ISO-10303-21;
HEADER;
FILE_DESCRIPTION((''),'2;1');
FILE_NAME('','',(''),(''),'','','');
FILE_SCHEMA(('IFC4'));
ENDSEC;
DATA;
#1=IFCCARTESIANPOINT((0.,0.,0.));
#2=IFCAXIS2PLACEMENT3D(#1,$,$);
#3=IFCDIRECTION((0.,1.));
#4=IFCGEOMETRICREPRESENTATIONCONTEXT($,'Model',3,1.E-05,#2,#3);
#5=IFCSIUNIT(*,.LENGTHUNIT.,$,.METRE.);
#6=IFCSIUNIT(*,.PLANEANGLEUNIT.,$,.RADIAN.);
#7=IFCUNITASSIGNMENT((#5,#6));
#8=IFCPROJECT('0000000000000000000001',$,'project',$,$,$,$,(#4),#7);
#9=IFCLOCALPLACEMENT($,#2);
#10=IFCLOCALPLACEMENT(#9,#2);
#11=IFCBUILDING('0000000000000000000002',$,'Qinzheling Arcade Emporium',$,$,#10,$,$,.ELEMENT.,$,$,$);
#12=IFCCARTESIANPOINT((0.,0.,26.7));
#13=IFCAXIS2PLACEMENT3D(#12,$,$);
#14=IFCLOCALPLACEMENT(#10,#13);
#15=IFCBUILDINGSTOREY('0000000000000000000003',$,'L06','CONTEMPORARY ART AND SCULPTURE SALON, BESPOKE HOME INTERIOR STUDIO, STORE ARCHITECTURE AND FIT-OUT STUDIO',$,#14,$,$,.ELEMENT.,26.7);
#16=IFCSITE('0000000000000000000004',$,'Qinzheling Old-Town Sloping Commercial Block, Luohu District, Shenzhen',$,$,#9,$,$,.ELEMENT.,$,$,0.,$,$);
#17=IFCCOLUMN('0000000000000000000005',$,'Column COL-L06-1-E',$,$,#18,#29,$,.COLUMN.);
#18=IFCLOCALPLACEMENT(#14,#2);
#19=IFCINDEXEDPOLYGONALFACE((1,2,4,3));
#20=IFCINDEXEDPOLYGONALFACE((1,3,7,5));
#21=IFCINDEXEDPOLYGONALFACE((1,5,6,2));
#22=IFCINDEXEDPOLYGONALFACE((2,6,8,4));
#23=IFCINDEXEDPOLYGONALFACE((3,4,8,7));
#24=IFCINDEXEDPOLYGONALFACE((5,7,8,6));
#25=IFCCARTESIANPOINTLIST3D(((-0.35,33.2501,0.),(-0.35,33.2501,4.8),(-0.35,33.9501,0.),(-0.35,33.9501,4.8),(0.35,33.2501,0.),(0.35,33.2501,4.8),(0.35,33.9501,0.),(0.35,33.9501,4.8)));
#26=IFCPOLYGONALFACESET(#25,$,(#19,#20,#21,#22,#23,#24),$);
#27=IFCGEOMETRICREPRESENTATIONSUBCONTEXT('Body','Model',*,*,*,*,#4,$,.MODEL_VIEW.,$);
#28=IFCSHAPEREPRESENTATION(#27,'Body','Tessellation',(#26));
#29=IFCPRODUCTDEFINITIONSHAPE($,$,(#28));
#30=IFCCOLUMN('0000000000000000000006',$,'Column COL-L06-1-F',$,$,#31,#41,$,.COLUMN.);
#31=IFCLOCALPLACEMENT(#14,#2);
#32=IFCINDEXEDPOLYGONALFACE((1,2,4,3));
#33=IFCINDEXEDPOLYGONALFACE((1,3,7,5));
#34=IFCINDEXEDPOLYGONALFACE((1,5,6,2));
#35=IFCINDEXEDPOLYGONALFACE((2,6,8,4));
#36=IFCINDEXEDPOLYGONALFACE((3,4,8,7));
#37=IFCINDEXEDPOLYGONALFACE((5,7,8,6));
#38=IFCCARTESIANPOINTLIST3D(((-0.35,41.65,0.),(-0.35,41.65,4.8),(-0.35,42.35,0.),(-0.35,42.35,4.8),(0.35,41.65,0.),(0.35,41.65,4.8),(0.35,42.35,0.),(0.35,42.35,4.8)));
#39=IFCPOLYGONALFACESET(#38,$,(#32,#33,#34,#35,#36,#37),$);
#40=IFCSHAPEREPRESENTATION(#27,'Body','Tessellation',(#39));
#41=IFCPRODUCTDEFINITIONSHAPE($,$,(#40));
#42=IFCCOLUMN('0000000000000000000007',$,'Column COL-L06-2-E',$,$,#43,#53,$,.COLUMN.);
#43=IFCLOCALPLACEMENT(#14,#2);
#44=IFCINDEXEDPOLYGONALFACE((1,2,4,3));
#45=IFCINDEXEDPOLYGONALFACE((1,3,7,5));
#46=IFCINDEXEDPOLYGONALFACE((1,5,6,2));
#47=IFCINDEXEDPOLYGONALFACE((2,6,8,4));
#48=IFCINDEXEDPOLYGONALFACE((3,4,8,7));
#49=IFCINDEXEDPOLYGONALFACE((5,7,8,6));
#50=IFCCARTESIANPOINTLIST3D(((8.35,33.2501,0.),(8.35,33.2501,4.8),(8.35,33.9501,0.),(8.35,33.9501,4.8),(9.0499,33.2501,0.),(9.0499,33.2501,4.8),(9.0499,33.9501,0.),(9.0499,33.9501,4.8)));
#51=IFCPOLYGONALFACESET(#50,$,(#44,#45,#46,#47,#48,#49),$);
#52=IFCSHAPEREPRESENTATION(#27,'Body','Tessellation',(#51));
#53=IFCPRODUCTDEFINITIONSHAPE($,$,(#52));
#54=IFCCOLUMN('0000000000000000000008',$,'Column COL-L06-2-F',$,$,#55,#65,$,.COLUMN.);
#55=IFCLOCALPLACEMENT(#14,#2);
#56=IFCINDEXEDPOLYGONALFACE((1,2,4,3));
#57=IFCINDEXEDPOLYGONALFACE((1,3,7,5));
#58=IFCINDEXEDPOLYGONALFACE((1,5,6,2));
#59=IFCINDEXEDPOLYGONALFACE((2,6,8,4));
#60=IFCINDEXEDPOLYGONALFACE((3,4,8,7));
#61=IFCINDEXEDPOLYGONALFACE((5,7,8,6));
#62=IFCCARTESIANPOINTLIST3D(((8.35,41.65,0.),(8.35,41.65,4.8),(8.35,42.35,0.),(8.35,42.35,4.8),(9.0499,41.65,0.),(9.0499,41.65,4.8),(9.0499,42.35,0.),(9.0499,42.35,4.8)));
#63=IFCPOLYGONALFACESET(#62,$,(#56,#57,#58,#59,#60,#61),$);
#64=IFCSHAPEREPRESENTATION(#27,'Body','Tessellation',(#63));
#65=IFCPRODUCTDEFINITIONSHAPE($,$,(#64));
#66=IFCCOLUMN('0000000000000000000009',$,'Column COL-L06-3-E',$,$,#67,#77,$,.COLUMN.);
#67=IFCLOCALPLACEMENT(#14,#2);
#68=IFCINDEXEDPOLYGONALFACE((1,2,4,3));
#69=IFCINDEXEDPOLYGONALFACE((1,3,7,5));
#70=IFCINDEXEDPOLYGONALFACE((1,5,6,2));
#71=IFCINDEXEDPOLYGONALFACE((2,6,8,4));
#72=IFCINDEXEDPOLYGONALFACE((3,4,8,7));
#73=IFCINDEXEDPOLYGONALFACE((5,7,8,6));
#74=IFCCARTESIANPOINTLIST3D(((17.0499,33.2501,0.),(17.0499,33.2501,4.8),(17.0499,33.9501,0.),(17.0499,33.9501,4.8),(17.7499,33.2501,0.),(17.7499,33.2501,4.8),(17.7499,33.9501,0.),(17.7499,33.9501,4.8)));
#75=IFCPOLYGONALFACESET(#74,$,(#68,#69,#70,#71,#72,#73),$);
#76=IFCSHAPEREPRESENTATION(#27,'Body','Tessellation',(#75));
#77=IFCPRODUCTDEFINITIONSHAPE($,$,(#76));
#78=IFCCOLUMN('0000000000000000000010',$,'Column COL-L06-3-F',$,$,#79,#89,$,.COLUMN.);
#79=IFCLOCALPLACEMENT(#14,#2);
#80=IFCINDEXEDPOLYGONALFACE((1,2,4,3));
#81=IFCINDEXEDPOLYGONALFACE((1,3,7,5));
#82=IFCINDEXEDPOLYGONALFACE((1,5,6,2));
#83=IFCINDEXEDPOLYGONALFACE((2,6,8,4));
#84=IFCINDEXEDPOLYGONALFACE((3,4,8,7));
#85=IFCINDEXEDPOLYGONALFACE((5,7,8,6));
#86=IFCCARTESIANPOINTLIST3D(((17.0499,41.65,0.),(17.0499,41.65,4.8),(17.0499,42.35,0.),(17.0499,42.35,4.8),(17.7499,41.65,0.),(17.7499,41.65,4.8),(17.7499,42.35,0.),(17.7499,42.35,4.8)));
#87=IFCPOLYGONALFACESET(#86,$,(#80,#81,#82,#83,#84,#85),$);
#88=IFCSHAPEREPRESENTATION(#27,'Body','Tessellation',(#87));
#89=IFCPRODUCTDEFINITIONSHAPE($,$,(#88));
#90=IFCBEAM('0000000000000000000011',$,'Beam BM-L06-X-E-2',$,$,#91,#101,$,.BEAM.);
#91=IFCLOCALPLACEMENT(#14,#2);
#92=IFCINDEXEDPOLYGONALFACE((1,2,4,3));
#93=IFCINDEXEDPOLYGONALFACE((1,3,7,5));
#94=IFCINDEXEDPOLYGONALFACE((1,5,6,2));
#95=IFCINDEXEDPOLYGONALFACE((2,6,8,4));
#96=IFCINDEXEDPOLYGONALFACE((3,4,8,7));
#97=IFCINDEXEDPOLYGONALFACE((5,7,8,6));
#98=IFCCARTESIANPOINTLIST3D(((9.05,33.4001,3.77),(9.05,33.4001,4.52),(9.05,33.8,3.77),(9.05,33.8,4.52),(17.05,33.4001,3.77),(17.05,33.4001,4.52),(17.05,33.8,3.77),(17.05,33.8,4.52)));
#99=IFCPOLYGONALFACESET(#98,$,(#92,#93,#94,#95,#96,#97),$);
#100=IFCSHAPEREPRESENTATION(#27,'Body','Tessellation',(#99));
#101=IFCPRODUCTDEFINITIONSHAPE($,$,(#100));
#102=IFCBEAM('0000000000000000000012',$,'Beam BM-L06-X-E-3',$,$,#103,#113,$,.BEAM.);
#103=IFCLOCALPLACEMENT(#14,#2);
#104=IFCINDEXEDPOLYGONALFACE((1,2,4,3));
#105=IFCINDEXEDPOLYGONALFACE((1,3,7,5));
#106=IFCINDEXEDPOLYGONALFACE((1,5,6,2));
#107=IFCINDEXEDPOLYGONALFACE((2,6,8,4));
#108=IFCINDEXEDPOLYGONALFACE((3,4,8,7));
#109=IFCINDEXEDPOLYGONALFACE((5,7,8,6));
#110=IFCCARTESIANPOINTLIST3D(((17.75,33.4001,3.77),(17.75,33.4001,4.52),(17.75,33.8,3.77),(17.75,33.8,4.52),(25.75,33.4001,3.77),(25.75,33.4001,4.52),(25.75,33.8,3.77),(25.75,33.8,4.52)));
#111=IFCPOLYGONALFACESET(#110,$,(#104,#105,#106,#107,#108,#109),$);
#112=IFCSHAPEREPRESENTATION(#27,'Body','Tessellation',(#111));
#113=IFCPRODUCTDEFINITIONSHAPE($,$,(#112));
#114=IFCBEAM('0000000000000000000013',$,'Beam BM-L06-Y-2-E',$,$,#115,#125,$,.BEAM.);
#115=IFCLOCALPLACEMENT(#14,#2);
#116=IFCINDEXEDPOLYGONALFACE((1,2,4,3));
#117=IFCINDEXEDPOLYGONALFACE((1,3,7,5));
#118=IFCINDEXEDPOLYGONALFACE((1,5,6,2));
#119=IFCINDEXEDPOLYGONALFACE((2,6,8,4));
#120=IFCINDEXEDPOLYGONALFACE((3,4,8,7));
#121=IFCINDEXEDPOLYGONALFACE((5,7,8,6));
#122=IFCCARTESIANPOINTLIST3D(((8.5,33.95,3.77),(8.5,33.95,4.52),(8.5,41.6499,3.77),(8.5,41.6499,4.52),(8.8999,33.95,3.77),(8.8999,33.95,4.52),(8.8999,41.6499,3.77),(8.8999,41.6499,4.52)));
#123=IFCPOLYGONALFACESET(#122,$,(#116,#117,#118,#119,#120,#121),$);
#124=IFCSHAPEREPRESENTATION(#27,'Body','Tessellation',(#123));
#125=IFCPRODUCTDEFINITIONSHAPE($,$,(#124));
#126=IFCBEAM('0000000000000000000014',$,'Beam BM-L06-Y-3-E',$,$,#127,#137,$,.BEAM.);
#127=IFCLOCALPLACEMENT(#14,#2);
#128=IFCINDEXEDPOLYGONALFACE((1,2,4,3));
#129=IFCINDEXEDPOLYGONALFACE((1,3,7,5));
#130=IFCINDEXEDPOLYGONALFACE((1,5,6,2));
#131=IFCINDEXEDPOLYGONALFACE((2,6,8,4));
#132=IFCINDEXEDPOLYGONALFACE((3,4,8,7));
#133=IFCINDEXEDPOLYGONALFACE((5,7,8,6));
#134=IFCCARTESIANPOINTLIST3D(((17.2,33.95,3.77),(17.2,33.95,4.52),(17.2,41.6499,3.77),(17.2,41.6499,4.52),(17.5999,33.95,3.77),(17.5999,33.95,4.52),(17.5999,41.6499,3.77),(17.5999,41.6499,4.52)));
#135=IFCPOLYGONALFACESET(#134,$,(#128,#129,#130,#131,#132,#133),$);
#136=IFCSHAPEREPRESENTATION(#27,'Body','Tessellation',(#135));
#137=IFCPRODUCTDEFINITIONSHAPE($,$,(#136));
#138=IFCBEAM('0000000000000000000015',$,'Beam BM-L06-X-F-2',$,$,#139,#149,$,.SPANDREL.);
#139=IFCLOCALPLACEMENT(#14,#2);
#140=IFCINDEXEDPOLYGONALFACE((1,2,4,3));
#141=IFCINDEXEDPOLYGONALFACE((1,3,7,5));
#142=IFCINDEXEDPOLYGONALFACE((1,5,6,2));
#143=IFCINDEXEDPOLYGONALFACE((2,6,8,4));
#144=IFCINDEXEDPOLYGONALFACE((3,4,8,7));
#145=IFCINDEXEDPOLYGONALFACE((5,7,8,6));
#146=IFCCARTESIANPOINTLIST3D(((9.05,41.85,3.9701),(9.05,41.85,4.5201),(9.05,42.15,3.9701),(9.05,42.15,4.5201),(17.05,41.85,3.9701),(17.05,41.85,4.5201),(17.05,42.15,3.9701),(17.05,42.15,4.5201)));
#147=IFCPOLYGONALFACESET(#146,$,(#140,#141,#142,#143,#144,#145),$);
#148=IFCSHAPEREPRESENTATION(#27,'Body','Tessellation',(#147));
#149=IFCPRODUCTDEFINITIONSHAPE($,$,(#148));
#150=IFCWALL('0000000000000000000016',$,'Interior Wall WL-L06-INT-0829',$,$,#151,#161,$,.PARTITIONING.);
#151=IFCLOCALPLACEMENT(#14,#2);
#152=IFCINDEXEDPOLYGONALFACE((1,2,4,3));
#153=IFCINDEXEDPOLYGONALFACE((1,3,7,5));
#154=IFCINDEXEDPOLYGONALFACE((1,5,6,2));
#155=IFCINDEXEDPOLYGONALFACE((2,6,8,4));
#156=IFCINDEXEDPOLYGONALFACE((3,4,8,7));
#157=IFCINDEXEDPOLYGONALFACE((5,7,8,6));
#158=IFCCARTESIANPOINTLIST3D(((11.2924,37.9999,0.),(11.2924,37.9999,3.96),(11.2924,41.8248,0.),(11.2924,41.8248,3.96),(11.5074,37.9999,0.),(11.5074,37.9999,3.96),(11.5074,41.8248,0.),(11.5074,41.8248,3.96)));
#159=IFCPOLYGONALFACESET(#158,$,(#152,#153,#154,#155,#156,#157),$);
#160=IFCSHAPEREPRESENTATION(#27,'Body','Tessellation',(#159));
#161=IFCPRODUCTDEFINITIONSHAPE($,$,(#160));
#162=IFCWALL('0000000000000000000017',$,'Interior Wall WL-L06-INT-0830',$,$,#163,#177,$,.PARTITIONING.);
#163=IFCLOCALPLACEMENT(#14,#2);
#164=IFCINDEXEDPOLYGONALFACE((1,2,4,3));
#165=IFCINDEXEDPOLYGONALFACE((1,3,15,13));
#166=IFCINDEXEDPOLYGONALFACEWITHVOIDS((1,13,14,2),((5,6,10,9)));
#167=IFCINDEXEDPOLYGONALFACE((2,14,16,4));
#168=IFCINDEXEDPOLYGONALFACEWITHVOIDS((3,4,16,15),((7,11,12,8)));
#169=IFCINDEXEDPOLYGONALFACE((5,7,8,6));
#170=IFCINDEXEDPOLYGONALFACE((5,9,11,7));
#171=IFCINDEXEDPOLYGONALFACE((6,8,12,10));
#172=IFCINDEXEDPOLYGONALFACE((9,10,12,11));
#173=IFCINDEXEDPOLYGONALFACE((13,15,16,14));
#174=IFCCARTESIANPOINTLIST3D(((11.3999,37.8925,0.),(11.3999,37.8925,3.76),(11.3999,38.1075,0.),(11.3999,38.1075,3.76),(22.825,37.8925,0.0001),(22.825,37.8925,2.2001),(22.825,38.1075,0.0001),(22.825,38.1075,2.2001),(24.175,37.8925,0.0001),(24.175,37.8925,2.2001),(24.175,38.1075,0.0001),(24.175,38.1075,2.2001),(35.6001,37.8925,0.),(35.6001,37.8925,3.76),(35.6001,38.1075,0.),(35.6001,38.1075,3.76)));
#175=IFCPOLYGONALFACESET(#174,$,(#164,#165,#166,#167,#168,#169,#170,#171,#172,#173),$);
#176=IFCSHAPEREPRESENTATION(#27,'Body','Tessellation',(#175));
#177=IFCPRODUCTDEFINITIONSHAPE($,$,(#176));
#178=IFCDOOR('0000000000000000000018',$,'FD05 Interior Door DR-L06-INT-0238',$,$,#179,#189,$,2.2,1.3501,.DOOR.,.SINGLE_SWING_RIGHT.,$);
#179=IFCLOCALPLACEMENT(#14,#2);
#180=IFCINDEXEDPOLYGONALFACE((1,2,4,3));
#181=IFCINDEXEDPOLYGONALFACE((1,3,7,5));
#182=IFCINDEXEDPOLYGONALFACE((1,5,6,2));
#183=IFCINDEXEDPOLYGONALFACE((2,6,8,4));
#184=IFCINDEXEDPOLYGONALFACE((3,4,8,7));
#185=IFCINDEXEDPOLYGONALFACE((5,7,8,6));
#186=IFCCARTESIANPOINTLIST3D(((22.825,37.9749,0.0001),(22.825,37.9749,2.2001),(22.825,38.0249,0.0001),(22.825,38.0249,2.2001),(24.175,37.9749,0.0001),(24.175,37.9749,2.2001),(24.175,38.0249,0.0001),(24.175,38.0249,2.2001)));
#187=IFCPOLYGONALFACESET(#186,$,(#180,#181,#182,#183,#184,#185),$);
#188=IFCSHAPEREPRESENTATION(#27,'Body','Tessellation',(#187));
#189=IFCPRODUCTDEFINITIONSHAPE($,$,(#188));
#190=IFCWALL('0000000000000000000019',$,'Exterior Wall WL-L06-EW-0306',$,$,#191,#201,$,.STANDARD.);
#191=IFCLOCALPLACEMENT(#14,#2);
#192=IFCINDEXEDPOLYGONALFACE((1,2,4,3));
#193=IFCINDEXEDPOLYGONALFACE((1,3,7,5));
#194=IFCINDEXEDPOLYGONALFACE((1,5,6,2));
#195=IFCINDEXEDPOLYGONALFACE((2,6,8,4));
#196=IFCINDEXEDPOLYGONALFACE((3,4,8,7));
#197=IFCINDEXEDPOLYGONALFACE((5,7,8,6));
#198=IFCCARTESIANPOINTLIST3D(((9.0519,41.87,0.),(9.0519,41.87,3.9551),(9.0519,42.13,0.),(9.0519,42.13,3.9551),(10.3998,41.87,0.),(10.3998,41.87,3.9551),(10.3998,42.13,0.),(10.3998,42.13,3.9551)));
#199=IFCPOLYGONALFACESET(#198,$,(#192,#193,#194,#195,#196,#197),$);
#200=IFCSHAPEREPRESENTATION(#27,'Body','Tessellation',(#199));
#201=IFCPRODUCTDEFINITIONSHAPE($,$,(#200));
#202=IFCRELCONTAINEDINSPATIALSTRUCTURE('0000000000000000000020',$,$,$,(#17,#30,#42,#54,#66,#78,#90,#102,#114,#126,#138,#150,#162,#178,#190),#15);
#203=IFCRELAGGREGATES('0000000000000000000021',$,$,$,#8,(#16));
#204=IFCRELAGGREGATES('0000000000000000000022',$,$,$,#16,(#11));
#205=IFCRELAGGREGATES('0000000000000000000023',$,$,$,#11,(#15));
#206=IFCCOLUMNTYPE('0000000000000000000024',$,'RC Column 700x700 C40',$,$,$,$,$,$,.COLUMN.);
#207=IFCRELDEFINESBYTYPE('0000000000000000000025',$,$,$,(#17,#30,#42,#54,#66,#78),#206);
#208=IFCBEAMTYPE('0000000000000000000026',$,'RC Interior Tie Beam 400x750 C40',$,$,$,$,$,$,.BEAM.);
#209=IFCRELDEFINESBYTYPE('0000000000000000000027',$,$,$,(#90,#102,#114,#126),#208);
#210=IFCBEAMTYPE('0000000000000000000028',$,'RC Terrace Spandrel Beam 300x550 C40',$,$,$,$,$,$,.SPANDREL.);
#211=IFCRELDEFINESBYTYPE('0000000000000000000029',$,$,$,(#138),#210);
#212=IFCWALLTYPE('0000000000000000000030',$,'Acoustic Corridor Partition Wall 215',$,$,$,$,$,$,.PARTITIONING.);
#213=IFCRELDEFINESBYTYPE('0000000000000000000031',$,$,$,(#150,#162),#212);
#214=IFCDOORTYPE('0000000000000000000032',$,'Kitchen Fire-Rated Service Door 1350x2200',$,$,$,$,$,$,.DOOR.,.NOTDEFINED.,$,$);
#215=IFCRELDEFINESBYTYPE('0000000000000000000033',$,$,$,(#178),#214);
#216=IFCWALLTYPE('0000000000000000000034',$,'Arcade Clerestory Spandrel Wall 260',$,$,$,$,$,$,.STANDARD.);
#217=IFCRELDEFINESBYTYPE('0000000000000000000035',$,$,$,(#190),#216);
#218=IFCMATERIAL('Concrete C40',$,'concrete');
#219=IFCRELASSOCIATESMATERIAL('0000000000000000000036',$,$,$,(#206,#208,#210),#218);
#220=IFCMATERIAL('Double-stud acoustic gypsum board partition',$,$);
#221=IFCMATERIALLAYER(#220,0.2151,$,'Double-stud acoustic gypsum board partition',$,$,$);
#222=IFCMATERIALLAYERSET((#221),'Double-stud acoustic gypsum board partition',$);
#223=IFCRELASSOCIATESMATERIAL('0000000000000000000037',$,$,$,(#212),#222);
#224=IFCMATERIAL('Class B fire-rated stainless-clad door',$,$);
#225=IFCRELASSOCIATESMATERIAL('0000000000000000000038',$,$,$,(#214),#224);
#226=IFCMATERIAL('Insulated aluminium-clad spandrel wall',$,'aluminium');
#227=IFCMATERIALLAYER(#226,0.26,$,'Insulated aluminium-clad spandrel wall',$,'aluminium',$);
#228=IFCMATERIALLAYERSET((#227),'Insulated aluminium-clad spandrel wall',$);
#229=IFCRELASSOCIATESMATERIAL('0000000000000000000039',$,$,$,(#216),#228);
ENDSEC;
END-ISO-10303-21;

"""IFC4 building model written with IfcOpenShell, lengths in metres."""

from ifc_helpers import new_model, si_unit, direction, frame, frame_2d, origin, origin_2d, place, context, subcontext, project, spatial, rectangle, extrude, material, layer, layer_set, material_profile, profile_set, type_object, element, fill, save


model = new_model("IFC4")

# Units and contexts
model_context = context("Model", 3, precision=1e-05, world=origin(), true_north=direction((0.0, 1.0)))
body_context = subcontext(model_context, "Body", "Model", "MODEL_VIEW")
ifc_project = project(units=[si_unit("LENGTHUNIT", "METRE"), si_unit("PLANEANGLEUNIT", "RADIAN")], contexts=[model_context])

# Site, building, storey
site_placement = place(None, origin())
site = spatial("IfcSite", under=ifc_project, at=site_placement, Name="Qinzheling Old-Town Sloping Commercial Block, Luohu District, Shenzhen", CompositionType="ELEMENT", RefElevation=0.0)
building_placement = place(site_placement, origin())
building = spatial("IfcBuilding", under=site, at=building_placement, Name="Qinzheling Arcade Emporium", CompositionType="ELEMENT")
storey_placement = place(building_placement, frame((0.0, 0.0, 26.7)))
storey = spatial("IfcBuildingStorey", under=building, at=storey_placement, Name="L06", Description="CONTEMPORARY ART AND SCULPTURE SALON, BESPOKE HOME INTERIOR STUDIO, STORE ARCHITECTURE AND FIT-OUT STUDIO", CompositionType="ELEMENT", Elevation=26.7)

# Columns
ifc_material_1 = material(Name="Concrete C40", Category="concrete")
ifc_material_profile_1 = material_profile(ifc_material_1, rectangle(XDim=0.7, YDim=0.7, at=origin_2d()), Name="RC 700x700", Category="concrete")
ifc_profile_set_1 = profile_set([ifc_material_profile_1], Name="Concrete C40")
column_type = type_object("IfcColumnType", Name="RC Column 700x700 C40", PredefinedType="COLUMN", material=ifc_profile_set_1)
for number, where, z_axis, x_axis, name in (
    (1, (0.0, 33.6001, 0.0), (0.0, 0.0, 1.0), (1.0, 0.0, 0.0), "Column COL-L06-1-E"),
    (2, (0.0, 42.0, 0.0), (0.0, 0.0, 1.0), (1.0, 0.0, 0.0), "Column COL-L06-1-F"),
    (3, (8.7, 33.6001, 0.0), (0.0, 0.0, 1.0), (1.0, 0.0, 0.0), "Column COL-L06-2-E"),
    (4, (8.7, 42.0, 0.0), (0.0, 0.0, 1.0), (1.0, 0.0, 0.0), "Column COL-L06-2-F"),
    (5, (17.3999, 33.6001, 0.0), (0.0, 0.0, 1.0), (1.0, 0.0, 0.0), "Column COL-L06-3-E"),
    (6, (17.3999, 42.0, 0.0), (0.0, 0.0, 1.0), (1.0, 0.0, 0.0), "Column COL-L06-3-F"),
):
    element("IfcColumn", number, at=place(storey_placement, frame(where, z_axis=z_axis, x_axis=x_axis)), inside=storey, type_object=column_type, Name=name, PredefinedType="COLUMN", context=body_context, shape_type="SweptSolid", body=[
        extrude(rectangle(XDim=0.7, YDim=0.7, at=origin_2d()), origin(), (0.0, 0.0, 1.0), 4.8),
    ])

# Beams
ifc_material_profile_2 = material_profile(ifc_material_1, rectangle(XDim=0.3999, YDim=0.75, at=origin_2d()), Name="RC 400x750", Category="concrete")
ifc_profile_set_2 = profile_set([ifc_material_profile_2], Name="Concrete C40")
beam_type_1 = type_object("IfcBeamType", Name="RC Interior Tie Beam 400x750 C40", PredefinedType="BEAM", material=ifc_profile_set_2)
for number, where, z_axis, x_axis, name in (
    (7, (9.05, 33.6001, 4.145), (1.0, 0.0, 0.0), (0.0, 1.0, 0.0), "Beam BM-L06-X-E-2"),
    (8, (17.75, 33.6001, 4.145), (1.0, 0.0, 0.0), (0.0, 1.0, 0.0), "Beam BM-L06-X-E-3"),
):
    element("IfcBeam", number, at=place(storey_placement, frame(where, z_axis=z_axis, x_axis=x_axis)), inside=storey, type_object=beam_type_1, Name=name, PredefinedType="BEAM", context=body_context, shape_type="SweptSolid", body=[
        extrude(rectangle(XDim=0.3999, YDim=0.75, at=origin_2d()), origin(), (0.0, 0.0, 1.0), 8.0),
    ])
for number, where, z_axis, x_axis, name in (
    (9, (8.7, 33.95, 4.145), (0.0, 1.0, 0.0), (-1.0, 0.0, 0.0), "Beam BM-L06-Y-2-E"),
    (10, (17.3999, 33.95, 4.145), (0.0, 1.0, 0.0), (-1.0, 0.0, 0.0), "Beam BM-L06-Y-3-E"),
):
    element("IfcBeam", number, at=place(storey_placement, frame(where, z_axis=z_axis, x_axis=x_axis)), inside=storey, type_object=beam_type_1, Name=name, PredefinedType="BEAM", context=body_context, shape_type="SweptSolid", body=[
        extrude(rectangle(XDim=0.3999, YDim=0.75, at=origin_2d()), origin(), (0.0, 0.0, 1.0), 7.7),
    ])
ifc_material_profile_3 = material_profile(ifc_material_1, rectangle(XDim=0.3, YDim=0.55, at=origin_2d()), Name="RC 300x550", Category="concrete")
ifc_profile_set_3 = profile_set([ifc_material_profile_3], Name="Concrete C40")
beam_type_2 = type_object("IfcBeamType", Name="RC Terrace Spandrel Beam 300x550 C40", PredefinedType="SPANDREL", material=ifc_profile_set_3)
beam_placement = place(storey_placement, frame((9.05, 42.0, 4.2451), z_axis=(1.0, 0.0, 0.0), x_axis=(0.0, 1.0, 0.0)))
element("IfcBeam", 11, at=beam_placement, inside=storey, type_object=beam_type_2, Name="Beam BM-L06-X-F-2", PredefinedType="SPANDREL", context=body_context, shape_type="SweptSolid", body=[
    extrude(rectangle(XDim=0.3, YDim=0.55, at=origin_2d()), origin(), (0.0, 0.0, 1.0), 8.0),
])

# Wall
ifc_material_2 = material(Name="Double-stud acoustic gypsum board partition")
ifc_layer_1 = layer(ifc_material_2, 0.2151, Name="Double-stud acoustic gypsum board partition")
ifc_layer_set_1 = layer_set([ifc_layer_1], Name="Double-stud acoustic gypsum board partition")
wall_type_1 = type_object("IfcWallType", Name="Acoustic Corridor Partition Wall 215", PredefinedType="PARTITIONING", material=ifc_layer_set_1)
wall_1_placement = place(storey_placement, frame((11.3999, 41.825, 0.0), z_axis=(0.0, 0.0, 1.0), x_axis=(0.0, -1.0, 0.0)))
element("IfcWall", 12, at=wall_1_placement, inside=storey, type_object=wall_type_1, Name="Interior Wall WL-L06-INT-0829", PredefinedType="PARTITIONING", context=body_context, shape_type="SweptSolid", body=[
    extrude(rectangle(XDim=3.825, YDim=0.2151, at=frame_2d((1.9126, 0.0))), origin(), (0.0, 0.0, 1.0), 3.96),
])

# Wall, opening, door
wall_2_placement = place(storey_placement, frame((11.3999, 38.0, 0.0), z_axis=(0.0, 0.0, 1.0), x_axis=(1.0, 0.0, 0.0)))
wall_2 = element("IfcWall", 13, at=wall_2_placement, inside=storey, type_object=wall_type_1, Name="Interior Wall WL-L06-INT-0830", PredefinedType="PARTITIONING", context=body_context, shape_type="SweptSolid", body=[
    extrude(rectangle(XDim=24.2002, YDim=0.2151, at=frame_2d((12.1001, 0.0))), origin(), (0.0, 0.0, 1.0), 3.76),
])
opening_1_placement = place(wall_2_placement, frame((11.425, 0.0, 0.0)))
opening_1 = element("IfcOpeningElement", 14, at=opening_1_placement, cuts=wall_2, PredefinedType="OPENING", context=body_context, shape_type="SweptSolid", body=[
    extrude(rectangle(XDim=1.3501, YDim=2.2, at=frame_2d((0.675, 1.1001))), frame((0.0, 0.1177, 0.0), z_axis=(0.0, -1.0, 0.0), x_axis=(1.0, 0.0, 0.0)), (0.0, 0.0, 1.0), 0.2351),
])
ifc_material_3 = material(Name="Class B fire-rated stainless-clad door")
door_type_1 = type_object("IfcDoorType", Name="Kitchen Fire-Rated Service Door 1350x2200", OperationType="NOTDEFINED", PredefinedType="DOOR", material=ifc_material_3)
door_1_placement = place(opening_1_placement, origin())
door_1 = element("IfcDoor", 15, at=door_1_placement, inside=storey, type_object=door_type_1, Name="FD05 Interior Door DR-L06-INT-0238", OperationType="SINGLE_SWING_RIGHT", OverallHeight=2.2, OverallWidth=1.3501, PredefinedType="DOOR", context=body_context, shape_type="SweptSolid", body=[
    extrude(rectangle(XDim=1.3501, YDim=2.2, at=frame_2d((0.675, 1.1001))), frame((0.0, 0.0249, 0.0), z_axis=(0.0, -1.0, 0.0), x_axis=(1.0, 0.0, 0.0)), (0.0, 0.0, 1.0), 0.05),
])
fill(opening_1, door_1)

# Wall
ifc_material_4 = material(Name="Insulated aluminium-clad spandrel wall", Category="aluminium")
ifc_layer_2 = layer(ifc_material_4, 0.26, Name="Insulated aluminium-clad spandrel wall", Category="aluminium")
ifc_layer_set_2 = layer_set([ifc_layer_2], Name="Insulated aluminium-clad spandrel wall")
wall_type_2 = type_object("IfcWallType", Name="Arcade Clerestory Spandrel Wall 260", PredefinedType="STANDARD", material=ifc_layer_set_2)
wall_3_placement = place(storey_placement, frame((9.052, 42.0, 0.0), z_axis=(0.0, 0.0, 1.0), x_axis=(1.0, 0.0, 0.0)))
element("IfcWall", 16, at=wall_3_placement, inside=storey, type_object=wall_type_2, Name="Exterior Wall WL-L06-EW-0306", PredefinedType="STANDARD", context=body_context, shape_type="SweptSolid", body=[
    extrude(rectangle(XDim=1.3479, YDim=0.26, at=frame_2d((0.6738, 0.0))), origin(), (0.0, 0.0, 1.0), 3.9551),
])

save(model, "model.ifc")
